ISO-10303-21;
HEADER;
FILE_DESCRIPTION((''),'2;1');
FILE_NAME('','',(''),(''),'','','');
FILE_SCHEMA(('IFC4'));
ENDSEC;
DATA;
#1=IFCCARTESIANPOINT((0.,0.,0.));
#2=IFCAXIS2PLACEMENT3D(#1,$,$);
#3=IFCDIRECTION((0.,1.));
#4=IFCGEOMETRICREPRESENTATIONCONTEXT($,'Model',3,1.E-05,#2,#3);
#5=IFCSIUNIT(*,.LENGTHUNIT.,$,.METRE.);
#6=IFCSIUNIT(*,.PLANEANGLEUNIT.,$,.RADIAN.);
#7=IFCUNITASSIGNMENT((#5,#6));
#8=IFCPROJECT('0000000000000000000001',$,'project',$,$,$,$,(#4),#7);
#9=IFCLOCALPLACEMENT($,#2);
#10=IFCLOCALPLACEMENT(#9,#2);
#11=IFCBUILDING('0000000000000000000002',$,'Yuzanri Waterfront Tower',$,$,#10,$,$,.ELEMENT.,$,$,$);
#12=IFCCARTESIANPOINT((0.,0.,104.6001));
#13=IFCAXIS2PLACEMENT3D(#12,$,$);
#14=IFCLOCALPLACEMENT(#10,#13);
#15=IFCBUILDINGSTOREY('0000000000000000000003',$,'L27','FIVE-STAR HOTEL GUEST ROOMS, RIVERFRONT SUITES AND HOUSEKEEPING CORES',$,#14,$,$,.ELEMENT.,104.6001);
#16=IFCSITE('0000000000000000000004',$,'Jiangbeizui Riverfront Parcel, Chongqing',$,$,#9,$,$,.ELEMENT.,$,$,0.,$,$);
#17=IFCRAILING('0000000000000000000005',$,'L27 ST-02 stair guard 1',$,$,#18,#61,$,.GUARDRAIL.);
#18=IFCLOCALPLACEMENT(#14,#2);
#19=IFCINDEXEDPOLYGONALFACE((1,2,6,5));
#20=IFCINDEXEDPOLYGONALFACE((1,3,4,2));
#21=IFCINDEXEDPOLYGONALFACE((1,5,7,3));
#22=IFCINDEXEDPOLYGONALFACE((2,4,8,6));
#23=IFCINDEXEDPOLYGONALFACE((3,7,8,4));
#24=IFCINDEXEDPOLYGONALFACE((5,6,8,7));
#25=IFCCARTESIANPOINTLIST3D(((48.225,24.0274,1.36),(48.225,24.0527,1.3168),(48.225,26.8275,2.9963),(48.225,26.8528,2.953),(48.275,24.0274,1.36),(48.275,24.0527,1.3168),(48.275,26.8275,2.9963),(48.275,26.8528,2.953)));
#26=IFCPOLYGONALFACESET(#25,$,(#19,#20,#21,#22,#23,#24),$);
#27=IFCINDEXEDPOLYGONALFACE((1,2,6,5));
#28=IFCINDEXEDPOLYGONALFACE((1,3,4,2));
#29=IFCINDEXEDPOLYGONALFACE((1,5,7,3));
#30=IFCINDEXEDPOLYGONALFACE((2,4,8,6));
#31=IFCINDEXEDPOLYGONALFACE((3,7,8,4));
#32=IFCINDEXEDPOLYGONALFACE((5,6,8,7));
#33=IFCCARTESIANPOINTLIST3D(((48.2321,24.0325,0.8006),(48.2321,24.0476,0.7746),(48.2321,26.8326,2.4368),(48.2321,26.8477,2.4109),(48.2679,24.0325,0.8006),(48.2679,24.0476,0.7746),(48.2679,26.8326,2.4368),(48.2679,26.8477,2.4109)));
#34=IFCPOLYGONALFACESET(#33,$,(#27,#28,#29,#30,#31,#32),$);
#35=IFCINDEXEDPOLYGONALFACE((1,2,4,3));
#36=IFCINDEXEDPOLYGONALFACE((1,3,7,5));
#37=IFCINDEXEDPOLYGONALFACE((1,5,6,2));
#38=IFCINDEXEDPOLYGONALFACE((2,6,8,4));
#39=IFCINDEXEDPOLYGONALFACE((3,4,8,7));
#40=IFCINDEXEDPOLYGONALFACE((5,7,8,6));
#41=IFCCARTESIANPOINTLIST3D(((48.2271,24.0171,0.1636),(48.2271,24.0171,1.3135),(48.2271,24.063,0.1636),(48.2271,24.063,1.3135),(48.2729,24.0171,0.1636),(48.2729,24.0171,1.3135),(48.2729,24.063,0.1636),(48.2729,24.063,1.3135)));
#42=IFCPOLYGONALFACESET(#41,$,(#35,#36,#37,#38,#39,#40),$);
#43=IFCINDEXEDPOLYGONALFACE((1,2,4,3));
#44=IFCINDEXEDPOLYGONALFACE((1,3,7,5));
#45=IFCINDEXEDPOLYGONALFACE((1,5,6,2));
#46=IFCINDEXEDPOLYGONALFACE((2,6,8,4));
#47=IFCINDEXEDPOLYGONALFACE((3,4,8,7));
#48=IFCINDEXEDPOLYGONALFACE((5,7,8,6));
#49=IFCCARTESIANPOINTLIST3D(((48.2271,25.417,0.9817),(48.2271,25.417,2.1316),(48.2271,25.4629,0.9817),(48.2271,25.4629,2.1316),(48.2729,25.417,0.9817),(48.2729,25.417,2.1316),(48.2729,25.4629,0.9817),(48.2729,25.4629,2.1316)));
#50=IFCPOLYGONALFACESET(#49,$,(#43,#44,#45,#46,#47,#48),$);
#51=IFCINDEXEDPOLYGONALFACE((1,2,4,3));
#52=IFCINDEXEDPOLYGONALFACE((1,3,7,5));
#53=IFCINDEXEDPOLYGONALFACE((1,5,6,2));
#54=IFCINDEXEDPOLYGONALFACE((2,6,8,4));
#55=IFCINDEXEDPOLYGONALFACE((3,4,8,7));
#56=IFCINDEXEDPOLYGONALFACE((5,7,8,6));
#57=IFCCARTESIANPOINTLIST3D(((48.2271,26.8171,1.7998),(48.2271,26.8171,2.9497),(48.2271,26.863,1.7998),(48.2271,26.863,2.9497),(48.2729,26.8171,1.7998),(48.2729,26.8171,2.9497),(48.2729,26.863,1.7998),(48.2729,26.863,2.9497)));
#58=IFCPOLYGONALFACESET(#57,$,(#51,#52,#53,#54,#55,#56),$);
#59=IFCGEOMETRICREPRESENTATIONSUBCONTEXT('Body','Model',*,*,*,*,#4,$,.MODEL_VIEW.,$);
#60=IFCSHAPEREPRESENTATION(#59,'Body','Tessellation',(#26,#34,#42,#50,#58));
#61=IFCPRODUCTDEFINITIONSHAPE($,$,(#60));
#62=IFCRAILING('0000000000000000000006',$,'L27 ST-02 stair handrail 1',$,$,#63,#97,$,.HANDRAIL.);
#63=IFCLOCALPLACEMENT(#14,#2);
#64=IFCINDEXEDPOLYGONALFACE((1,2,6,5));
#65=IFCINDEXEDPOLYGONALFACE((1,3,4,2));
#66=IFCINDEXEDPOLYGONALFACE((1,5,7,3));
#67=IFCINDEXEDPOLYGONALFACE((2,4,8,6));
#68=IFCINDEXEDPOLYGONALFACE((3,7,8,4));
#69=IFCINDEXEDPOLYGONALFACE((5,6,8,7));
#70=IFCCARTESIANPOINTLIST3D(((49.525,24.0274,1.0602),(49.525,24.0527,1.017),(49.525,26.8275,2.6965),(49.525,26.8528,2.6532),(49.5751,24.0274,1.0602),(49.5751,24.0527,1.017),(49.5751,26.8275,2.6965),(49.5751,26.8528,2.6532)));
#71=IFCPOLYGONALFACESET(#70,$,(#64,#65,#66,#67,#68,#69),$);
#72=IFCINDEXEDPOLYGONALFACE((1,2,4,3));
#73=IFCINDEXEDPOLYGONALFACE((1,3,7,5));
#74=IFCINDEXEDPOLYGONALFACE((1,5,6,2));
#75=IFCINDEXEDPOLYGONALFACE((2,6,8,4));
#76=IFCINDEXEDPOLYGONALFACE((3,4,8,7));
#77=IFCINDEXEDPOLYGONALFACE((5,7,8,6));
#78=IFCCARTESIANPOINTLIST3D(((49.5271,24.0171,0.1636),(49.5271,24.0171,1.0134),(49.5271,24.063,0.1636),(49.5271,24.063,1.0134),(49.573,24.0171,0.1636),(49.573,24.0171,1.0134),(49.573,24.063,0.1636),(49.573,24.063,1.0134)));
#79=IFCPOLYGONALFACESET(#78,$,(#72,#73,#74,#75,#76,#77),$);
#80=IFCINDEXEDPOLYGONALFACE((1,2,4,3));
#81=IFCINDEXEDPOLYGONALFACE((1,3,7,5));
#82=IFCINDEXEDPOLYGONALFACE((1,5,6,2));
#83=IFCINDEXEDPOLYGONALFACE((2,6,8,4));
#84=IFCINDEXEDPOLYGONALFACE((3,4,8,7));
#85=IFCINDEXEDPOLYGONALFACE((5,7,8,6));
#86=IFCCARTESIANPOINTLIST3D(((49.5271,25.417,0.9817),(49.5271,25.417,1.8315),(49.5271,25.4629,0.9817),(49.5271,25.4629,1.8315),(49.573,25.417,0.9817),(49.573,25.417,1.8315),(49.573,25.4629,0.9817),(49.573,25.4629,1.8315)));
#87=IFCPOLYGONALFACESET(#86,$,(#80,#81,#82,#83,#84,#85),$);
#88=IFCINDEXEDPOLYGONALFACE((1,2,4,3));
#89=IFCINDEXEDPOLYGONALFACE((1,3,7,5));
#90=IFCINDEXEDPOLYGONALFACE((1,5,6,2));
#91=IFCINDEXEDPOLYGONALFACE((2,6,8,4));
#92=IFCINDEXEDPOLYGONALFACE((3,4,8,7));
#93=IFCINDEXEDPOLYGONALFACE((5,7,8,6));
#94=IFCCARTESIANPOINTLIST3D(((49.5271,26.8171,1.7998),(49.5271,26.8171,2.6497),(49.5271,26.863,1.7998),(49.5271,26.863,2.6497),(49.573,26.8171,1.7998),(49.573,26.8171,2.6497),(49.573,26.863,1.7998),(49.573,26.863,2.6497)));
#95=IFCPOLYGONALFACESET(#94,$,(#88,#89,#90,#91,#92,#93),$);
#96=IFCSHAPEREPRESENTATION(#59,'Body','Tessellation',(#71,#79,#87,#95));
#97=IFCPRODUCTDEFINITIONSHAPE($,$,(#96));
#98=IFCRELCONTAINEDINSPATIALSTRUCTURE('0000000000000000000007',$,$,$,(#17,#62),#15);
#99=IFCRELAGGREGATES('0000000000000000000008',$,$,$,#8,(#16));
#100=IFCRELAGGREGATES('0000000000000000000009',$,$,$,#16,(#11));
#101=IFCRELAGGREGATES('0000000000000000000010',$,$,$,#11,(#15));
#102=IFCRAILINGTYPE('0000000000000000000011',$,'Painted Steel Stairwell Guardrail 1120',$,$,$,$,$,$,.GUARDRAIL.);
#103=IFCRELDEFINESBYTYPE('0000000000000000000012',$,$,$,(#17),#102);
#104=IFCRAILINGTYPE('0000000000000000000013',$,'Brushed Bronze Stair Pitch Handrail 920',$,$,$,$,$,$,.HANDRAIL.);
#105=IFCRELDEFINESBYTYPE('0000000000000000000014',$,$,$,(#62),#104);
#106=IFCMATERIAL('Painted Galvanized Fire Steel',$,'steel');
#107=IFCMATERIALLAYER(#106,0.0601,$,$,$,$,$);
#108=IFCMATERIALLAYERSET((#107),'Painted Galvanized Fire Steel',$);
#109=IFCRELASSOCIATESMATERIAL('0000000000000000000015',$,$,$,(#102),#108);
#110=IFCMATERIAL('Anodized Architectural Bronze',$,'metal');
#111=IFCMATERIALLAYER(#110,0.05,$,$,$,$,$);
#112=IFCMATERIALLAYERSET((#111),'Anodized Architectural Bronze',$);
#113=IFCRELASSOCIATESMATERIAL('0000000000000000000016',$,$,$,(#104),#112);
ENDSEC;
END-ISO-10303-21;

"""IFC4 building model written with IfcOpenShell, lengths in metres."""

from ifc_helpers import new_model, si_unit, direction, frame, origin, origin_2d, place, context, subcontext, project, spatial, rectangle, extrude, source, transform, mapped, material, layer, layer_set, type_object, element, save


model = new_model("IFC4")

# Units and contexts
model_context = context("Model", 3, precision=1e-05, world=origin(), true_north=direction((0.0, 1.0)))
body_context = subcontext(model_context, "Body", "Model", "MODEL_VIEW")
ifc_project = project(units=[si_unit("LENGTHUNIT", "METRE"), si_unit("PLANEANGLEUNIT", "RADIAN")], contexts=[model_context])

# Site, building, storey
site_placement = place(None, origin())
site = spatial("IfcSite", under=ifc_project, at=site_placement, Name="Jiangbeizui Riverfront Parcel, Chongqing", CompositionType="ELEMENT", RefElevation=0.0)
building_placement = place(site_placement, origin())
building = spatial("IfcBuilding", under=site, at=building_placement, Name="Yuzanri Waterfront Tower", CompositionType="ELEMENT")
storey_placement = place(building_placement, frame((0.0, 0.0, 104.6001)))
storey = spatial("IfcBuildingStorey", under=building, at=storey_placement, Name="L27", Description="FIVE-STAR HOTEL GUEST ROOMS, RIVERFRONT SUITES AND HOUSEKEEPING CORES", CompositionType="ELEMENT", Elevation=104.6001)

# Railings
ifc_material_1 = material(Name="Painted Galvanized Fire Steel", Category="steel")
ifc_layer_1 = layer(ifc_material_1, 0.0601)
ifc_layer_set_1 = layer_set([ifc_layer_1], Name="Painted Galvanized Fire Steel")
railing_type_1 = type_object("IfcRailingType", Name="Painted Steel Stairwell Guardrail 1120", PredefinedType="GUARDRAIL", material=ifc_layer_set_1)
shared_shape_1 = source(origin(), body_context, "Body", "SweptSolid", [
    extrude(rectangle(XDim=0.05, YDim=0.05, at=origin_2d()), frame((0.0, 0.0, 1.1748), z_axis=(0.0, 0.863394, 0.504531), x_axis=(-1.0, 0.0, 0.0)), (0.0, 0.0, 1.0), 3.2432),
    extrude(rectangle(XDim=0.0359, YDim=0.03, at=origin_2d()), frame((0.0, 0.0, 0.624), z_axis=(0.0, 0.863394, 0.504531), x_axis=(-1.0, 0.0, 0.0)), (0.0, 0.0, 1.0), 3.2432),
    extrude(rectangle(XDim=0.0459, YDim=0.0459, at=origin_2d()), origin(), (0.0, 0.0, 1.0), 1.1499),
    extrude(rectangle(XDim=0.0459, YDim=0.0459, at=origin_2d()), frame((0.0, 1.3999, 0.8181)), (0.0, 0.0, 1.0), 1.1499),
    extrude(rectangle(XDim=0.0459, YDim=0.0459, at=origin_2d()), frame((0.0, 2.8, 1.6362)), (0.0, 0.0, 1.0), 1.1499),
])
railing_1_placement = place(storey_placement, frame((48.25, 24.04, 0.1636)))
element("IfcRailing", 1, at=railing_1_placement, inside=storey, type_object=railing_type_1, Name="L27 ST-02 stair guard 1", PredefinedType="GUARDRAIL", context=body_context, shape_type="MappedRepresentation", body=[
    mapped(shared_shape_1, transform((0.0, 0.0, 0.0), scale=1.0)),
])
ifc_material_2 = material(Name="Anodized Architectural Bronze", Category="metal")
ifc_layer_2 = layer(ifc_material_2, 0.05)
ifc_layer_set_2 = layer_set([ifc_layer_2], Name="Anodized Architectural Bronze")
railing_type_2 = type_object("IfcRailingType", Name="Brushed Bronze Stair Pitch Handrail 920", PredefinedType="HANDRAIL", material=ifc_layer_set_2)
shared_shape_2 = source(origin(), body_context, "Body", "SweptSolid", [
    extrude(rectangle(XDim=0.05, YDim=0.05, at=origin_2d()), frame((0.0, 0.0, 0.875), z_axis=(0.0, 0.863394, 0.504531), x_axis=(-1.0, 0.0, 0.0)), (0.0, 0.0, 1.0), 3.2432),
    extrude(rectangle(XDim=0.0459, YDim=0.0459, at=origin_2d()), origin(), (0.0, 0.0, 1.0), 0.8499),
    extrude(rectangle(XDim=0.0459, YDim=0.0459, at=origin_2d()), frame((0.0, 1.3999, 0.8181)), (0.0, 0.0, 1.0), 0.8499),
    extrude(rectangle(XDim=0.0459, YDim=0.0459, at=origin_2d()), frame((0.0, 2.8, 1.6362)), (0.0, 0.0, 1.0), 0.8499),
])
railing_2_placement = place(storey_placement, frame((49.55, 24.04, 0.1636)))
element("IfcRailing", 2, at=railing_2_placement, inside=storey, type_object=railing_type_2, Name="L27 ST-02 stair handrail 1", PredefinedType="HANDRAIL", context=body_context, shape_type="MappedRepresentation", body=[
    mapped(shared_shape_2, transform((0.0, 0.0, 0.0), scale=1.0)),
])

save(model, "model.ifc")
